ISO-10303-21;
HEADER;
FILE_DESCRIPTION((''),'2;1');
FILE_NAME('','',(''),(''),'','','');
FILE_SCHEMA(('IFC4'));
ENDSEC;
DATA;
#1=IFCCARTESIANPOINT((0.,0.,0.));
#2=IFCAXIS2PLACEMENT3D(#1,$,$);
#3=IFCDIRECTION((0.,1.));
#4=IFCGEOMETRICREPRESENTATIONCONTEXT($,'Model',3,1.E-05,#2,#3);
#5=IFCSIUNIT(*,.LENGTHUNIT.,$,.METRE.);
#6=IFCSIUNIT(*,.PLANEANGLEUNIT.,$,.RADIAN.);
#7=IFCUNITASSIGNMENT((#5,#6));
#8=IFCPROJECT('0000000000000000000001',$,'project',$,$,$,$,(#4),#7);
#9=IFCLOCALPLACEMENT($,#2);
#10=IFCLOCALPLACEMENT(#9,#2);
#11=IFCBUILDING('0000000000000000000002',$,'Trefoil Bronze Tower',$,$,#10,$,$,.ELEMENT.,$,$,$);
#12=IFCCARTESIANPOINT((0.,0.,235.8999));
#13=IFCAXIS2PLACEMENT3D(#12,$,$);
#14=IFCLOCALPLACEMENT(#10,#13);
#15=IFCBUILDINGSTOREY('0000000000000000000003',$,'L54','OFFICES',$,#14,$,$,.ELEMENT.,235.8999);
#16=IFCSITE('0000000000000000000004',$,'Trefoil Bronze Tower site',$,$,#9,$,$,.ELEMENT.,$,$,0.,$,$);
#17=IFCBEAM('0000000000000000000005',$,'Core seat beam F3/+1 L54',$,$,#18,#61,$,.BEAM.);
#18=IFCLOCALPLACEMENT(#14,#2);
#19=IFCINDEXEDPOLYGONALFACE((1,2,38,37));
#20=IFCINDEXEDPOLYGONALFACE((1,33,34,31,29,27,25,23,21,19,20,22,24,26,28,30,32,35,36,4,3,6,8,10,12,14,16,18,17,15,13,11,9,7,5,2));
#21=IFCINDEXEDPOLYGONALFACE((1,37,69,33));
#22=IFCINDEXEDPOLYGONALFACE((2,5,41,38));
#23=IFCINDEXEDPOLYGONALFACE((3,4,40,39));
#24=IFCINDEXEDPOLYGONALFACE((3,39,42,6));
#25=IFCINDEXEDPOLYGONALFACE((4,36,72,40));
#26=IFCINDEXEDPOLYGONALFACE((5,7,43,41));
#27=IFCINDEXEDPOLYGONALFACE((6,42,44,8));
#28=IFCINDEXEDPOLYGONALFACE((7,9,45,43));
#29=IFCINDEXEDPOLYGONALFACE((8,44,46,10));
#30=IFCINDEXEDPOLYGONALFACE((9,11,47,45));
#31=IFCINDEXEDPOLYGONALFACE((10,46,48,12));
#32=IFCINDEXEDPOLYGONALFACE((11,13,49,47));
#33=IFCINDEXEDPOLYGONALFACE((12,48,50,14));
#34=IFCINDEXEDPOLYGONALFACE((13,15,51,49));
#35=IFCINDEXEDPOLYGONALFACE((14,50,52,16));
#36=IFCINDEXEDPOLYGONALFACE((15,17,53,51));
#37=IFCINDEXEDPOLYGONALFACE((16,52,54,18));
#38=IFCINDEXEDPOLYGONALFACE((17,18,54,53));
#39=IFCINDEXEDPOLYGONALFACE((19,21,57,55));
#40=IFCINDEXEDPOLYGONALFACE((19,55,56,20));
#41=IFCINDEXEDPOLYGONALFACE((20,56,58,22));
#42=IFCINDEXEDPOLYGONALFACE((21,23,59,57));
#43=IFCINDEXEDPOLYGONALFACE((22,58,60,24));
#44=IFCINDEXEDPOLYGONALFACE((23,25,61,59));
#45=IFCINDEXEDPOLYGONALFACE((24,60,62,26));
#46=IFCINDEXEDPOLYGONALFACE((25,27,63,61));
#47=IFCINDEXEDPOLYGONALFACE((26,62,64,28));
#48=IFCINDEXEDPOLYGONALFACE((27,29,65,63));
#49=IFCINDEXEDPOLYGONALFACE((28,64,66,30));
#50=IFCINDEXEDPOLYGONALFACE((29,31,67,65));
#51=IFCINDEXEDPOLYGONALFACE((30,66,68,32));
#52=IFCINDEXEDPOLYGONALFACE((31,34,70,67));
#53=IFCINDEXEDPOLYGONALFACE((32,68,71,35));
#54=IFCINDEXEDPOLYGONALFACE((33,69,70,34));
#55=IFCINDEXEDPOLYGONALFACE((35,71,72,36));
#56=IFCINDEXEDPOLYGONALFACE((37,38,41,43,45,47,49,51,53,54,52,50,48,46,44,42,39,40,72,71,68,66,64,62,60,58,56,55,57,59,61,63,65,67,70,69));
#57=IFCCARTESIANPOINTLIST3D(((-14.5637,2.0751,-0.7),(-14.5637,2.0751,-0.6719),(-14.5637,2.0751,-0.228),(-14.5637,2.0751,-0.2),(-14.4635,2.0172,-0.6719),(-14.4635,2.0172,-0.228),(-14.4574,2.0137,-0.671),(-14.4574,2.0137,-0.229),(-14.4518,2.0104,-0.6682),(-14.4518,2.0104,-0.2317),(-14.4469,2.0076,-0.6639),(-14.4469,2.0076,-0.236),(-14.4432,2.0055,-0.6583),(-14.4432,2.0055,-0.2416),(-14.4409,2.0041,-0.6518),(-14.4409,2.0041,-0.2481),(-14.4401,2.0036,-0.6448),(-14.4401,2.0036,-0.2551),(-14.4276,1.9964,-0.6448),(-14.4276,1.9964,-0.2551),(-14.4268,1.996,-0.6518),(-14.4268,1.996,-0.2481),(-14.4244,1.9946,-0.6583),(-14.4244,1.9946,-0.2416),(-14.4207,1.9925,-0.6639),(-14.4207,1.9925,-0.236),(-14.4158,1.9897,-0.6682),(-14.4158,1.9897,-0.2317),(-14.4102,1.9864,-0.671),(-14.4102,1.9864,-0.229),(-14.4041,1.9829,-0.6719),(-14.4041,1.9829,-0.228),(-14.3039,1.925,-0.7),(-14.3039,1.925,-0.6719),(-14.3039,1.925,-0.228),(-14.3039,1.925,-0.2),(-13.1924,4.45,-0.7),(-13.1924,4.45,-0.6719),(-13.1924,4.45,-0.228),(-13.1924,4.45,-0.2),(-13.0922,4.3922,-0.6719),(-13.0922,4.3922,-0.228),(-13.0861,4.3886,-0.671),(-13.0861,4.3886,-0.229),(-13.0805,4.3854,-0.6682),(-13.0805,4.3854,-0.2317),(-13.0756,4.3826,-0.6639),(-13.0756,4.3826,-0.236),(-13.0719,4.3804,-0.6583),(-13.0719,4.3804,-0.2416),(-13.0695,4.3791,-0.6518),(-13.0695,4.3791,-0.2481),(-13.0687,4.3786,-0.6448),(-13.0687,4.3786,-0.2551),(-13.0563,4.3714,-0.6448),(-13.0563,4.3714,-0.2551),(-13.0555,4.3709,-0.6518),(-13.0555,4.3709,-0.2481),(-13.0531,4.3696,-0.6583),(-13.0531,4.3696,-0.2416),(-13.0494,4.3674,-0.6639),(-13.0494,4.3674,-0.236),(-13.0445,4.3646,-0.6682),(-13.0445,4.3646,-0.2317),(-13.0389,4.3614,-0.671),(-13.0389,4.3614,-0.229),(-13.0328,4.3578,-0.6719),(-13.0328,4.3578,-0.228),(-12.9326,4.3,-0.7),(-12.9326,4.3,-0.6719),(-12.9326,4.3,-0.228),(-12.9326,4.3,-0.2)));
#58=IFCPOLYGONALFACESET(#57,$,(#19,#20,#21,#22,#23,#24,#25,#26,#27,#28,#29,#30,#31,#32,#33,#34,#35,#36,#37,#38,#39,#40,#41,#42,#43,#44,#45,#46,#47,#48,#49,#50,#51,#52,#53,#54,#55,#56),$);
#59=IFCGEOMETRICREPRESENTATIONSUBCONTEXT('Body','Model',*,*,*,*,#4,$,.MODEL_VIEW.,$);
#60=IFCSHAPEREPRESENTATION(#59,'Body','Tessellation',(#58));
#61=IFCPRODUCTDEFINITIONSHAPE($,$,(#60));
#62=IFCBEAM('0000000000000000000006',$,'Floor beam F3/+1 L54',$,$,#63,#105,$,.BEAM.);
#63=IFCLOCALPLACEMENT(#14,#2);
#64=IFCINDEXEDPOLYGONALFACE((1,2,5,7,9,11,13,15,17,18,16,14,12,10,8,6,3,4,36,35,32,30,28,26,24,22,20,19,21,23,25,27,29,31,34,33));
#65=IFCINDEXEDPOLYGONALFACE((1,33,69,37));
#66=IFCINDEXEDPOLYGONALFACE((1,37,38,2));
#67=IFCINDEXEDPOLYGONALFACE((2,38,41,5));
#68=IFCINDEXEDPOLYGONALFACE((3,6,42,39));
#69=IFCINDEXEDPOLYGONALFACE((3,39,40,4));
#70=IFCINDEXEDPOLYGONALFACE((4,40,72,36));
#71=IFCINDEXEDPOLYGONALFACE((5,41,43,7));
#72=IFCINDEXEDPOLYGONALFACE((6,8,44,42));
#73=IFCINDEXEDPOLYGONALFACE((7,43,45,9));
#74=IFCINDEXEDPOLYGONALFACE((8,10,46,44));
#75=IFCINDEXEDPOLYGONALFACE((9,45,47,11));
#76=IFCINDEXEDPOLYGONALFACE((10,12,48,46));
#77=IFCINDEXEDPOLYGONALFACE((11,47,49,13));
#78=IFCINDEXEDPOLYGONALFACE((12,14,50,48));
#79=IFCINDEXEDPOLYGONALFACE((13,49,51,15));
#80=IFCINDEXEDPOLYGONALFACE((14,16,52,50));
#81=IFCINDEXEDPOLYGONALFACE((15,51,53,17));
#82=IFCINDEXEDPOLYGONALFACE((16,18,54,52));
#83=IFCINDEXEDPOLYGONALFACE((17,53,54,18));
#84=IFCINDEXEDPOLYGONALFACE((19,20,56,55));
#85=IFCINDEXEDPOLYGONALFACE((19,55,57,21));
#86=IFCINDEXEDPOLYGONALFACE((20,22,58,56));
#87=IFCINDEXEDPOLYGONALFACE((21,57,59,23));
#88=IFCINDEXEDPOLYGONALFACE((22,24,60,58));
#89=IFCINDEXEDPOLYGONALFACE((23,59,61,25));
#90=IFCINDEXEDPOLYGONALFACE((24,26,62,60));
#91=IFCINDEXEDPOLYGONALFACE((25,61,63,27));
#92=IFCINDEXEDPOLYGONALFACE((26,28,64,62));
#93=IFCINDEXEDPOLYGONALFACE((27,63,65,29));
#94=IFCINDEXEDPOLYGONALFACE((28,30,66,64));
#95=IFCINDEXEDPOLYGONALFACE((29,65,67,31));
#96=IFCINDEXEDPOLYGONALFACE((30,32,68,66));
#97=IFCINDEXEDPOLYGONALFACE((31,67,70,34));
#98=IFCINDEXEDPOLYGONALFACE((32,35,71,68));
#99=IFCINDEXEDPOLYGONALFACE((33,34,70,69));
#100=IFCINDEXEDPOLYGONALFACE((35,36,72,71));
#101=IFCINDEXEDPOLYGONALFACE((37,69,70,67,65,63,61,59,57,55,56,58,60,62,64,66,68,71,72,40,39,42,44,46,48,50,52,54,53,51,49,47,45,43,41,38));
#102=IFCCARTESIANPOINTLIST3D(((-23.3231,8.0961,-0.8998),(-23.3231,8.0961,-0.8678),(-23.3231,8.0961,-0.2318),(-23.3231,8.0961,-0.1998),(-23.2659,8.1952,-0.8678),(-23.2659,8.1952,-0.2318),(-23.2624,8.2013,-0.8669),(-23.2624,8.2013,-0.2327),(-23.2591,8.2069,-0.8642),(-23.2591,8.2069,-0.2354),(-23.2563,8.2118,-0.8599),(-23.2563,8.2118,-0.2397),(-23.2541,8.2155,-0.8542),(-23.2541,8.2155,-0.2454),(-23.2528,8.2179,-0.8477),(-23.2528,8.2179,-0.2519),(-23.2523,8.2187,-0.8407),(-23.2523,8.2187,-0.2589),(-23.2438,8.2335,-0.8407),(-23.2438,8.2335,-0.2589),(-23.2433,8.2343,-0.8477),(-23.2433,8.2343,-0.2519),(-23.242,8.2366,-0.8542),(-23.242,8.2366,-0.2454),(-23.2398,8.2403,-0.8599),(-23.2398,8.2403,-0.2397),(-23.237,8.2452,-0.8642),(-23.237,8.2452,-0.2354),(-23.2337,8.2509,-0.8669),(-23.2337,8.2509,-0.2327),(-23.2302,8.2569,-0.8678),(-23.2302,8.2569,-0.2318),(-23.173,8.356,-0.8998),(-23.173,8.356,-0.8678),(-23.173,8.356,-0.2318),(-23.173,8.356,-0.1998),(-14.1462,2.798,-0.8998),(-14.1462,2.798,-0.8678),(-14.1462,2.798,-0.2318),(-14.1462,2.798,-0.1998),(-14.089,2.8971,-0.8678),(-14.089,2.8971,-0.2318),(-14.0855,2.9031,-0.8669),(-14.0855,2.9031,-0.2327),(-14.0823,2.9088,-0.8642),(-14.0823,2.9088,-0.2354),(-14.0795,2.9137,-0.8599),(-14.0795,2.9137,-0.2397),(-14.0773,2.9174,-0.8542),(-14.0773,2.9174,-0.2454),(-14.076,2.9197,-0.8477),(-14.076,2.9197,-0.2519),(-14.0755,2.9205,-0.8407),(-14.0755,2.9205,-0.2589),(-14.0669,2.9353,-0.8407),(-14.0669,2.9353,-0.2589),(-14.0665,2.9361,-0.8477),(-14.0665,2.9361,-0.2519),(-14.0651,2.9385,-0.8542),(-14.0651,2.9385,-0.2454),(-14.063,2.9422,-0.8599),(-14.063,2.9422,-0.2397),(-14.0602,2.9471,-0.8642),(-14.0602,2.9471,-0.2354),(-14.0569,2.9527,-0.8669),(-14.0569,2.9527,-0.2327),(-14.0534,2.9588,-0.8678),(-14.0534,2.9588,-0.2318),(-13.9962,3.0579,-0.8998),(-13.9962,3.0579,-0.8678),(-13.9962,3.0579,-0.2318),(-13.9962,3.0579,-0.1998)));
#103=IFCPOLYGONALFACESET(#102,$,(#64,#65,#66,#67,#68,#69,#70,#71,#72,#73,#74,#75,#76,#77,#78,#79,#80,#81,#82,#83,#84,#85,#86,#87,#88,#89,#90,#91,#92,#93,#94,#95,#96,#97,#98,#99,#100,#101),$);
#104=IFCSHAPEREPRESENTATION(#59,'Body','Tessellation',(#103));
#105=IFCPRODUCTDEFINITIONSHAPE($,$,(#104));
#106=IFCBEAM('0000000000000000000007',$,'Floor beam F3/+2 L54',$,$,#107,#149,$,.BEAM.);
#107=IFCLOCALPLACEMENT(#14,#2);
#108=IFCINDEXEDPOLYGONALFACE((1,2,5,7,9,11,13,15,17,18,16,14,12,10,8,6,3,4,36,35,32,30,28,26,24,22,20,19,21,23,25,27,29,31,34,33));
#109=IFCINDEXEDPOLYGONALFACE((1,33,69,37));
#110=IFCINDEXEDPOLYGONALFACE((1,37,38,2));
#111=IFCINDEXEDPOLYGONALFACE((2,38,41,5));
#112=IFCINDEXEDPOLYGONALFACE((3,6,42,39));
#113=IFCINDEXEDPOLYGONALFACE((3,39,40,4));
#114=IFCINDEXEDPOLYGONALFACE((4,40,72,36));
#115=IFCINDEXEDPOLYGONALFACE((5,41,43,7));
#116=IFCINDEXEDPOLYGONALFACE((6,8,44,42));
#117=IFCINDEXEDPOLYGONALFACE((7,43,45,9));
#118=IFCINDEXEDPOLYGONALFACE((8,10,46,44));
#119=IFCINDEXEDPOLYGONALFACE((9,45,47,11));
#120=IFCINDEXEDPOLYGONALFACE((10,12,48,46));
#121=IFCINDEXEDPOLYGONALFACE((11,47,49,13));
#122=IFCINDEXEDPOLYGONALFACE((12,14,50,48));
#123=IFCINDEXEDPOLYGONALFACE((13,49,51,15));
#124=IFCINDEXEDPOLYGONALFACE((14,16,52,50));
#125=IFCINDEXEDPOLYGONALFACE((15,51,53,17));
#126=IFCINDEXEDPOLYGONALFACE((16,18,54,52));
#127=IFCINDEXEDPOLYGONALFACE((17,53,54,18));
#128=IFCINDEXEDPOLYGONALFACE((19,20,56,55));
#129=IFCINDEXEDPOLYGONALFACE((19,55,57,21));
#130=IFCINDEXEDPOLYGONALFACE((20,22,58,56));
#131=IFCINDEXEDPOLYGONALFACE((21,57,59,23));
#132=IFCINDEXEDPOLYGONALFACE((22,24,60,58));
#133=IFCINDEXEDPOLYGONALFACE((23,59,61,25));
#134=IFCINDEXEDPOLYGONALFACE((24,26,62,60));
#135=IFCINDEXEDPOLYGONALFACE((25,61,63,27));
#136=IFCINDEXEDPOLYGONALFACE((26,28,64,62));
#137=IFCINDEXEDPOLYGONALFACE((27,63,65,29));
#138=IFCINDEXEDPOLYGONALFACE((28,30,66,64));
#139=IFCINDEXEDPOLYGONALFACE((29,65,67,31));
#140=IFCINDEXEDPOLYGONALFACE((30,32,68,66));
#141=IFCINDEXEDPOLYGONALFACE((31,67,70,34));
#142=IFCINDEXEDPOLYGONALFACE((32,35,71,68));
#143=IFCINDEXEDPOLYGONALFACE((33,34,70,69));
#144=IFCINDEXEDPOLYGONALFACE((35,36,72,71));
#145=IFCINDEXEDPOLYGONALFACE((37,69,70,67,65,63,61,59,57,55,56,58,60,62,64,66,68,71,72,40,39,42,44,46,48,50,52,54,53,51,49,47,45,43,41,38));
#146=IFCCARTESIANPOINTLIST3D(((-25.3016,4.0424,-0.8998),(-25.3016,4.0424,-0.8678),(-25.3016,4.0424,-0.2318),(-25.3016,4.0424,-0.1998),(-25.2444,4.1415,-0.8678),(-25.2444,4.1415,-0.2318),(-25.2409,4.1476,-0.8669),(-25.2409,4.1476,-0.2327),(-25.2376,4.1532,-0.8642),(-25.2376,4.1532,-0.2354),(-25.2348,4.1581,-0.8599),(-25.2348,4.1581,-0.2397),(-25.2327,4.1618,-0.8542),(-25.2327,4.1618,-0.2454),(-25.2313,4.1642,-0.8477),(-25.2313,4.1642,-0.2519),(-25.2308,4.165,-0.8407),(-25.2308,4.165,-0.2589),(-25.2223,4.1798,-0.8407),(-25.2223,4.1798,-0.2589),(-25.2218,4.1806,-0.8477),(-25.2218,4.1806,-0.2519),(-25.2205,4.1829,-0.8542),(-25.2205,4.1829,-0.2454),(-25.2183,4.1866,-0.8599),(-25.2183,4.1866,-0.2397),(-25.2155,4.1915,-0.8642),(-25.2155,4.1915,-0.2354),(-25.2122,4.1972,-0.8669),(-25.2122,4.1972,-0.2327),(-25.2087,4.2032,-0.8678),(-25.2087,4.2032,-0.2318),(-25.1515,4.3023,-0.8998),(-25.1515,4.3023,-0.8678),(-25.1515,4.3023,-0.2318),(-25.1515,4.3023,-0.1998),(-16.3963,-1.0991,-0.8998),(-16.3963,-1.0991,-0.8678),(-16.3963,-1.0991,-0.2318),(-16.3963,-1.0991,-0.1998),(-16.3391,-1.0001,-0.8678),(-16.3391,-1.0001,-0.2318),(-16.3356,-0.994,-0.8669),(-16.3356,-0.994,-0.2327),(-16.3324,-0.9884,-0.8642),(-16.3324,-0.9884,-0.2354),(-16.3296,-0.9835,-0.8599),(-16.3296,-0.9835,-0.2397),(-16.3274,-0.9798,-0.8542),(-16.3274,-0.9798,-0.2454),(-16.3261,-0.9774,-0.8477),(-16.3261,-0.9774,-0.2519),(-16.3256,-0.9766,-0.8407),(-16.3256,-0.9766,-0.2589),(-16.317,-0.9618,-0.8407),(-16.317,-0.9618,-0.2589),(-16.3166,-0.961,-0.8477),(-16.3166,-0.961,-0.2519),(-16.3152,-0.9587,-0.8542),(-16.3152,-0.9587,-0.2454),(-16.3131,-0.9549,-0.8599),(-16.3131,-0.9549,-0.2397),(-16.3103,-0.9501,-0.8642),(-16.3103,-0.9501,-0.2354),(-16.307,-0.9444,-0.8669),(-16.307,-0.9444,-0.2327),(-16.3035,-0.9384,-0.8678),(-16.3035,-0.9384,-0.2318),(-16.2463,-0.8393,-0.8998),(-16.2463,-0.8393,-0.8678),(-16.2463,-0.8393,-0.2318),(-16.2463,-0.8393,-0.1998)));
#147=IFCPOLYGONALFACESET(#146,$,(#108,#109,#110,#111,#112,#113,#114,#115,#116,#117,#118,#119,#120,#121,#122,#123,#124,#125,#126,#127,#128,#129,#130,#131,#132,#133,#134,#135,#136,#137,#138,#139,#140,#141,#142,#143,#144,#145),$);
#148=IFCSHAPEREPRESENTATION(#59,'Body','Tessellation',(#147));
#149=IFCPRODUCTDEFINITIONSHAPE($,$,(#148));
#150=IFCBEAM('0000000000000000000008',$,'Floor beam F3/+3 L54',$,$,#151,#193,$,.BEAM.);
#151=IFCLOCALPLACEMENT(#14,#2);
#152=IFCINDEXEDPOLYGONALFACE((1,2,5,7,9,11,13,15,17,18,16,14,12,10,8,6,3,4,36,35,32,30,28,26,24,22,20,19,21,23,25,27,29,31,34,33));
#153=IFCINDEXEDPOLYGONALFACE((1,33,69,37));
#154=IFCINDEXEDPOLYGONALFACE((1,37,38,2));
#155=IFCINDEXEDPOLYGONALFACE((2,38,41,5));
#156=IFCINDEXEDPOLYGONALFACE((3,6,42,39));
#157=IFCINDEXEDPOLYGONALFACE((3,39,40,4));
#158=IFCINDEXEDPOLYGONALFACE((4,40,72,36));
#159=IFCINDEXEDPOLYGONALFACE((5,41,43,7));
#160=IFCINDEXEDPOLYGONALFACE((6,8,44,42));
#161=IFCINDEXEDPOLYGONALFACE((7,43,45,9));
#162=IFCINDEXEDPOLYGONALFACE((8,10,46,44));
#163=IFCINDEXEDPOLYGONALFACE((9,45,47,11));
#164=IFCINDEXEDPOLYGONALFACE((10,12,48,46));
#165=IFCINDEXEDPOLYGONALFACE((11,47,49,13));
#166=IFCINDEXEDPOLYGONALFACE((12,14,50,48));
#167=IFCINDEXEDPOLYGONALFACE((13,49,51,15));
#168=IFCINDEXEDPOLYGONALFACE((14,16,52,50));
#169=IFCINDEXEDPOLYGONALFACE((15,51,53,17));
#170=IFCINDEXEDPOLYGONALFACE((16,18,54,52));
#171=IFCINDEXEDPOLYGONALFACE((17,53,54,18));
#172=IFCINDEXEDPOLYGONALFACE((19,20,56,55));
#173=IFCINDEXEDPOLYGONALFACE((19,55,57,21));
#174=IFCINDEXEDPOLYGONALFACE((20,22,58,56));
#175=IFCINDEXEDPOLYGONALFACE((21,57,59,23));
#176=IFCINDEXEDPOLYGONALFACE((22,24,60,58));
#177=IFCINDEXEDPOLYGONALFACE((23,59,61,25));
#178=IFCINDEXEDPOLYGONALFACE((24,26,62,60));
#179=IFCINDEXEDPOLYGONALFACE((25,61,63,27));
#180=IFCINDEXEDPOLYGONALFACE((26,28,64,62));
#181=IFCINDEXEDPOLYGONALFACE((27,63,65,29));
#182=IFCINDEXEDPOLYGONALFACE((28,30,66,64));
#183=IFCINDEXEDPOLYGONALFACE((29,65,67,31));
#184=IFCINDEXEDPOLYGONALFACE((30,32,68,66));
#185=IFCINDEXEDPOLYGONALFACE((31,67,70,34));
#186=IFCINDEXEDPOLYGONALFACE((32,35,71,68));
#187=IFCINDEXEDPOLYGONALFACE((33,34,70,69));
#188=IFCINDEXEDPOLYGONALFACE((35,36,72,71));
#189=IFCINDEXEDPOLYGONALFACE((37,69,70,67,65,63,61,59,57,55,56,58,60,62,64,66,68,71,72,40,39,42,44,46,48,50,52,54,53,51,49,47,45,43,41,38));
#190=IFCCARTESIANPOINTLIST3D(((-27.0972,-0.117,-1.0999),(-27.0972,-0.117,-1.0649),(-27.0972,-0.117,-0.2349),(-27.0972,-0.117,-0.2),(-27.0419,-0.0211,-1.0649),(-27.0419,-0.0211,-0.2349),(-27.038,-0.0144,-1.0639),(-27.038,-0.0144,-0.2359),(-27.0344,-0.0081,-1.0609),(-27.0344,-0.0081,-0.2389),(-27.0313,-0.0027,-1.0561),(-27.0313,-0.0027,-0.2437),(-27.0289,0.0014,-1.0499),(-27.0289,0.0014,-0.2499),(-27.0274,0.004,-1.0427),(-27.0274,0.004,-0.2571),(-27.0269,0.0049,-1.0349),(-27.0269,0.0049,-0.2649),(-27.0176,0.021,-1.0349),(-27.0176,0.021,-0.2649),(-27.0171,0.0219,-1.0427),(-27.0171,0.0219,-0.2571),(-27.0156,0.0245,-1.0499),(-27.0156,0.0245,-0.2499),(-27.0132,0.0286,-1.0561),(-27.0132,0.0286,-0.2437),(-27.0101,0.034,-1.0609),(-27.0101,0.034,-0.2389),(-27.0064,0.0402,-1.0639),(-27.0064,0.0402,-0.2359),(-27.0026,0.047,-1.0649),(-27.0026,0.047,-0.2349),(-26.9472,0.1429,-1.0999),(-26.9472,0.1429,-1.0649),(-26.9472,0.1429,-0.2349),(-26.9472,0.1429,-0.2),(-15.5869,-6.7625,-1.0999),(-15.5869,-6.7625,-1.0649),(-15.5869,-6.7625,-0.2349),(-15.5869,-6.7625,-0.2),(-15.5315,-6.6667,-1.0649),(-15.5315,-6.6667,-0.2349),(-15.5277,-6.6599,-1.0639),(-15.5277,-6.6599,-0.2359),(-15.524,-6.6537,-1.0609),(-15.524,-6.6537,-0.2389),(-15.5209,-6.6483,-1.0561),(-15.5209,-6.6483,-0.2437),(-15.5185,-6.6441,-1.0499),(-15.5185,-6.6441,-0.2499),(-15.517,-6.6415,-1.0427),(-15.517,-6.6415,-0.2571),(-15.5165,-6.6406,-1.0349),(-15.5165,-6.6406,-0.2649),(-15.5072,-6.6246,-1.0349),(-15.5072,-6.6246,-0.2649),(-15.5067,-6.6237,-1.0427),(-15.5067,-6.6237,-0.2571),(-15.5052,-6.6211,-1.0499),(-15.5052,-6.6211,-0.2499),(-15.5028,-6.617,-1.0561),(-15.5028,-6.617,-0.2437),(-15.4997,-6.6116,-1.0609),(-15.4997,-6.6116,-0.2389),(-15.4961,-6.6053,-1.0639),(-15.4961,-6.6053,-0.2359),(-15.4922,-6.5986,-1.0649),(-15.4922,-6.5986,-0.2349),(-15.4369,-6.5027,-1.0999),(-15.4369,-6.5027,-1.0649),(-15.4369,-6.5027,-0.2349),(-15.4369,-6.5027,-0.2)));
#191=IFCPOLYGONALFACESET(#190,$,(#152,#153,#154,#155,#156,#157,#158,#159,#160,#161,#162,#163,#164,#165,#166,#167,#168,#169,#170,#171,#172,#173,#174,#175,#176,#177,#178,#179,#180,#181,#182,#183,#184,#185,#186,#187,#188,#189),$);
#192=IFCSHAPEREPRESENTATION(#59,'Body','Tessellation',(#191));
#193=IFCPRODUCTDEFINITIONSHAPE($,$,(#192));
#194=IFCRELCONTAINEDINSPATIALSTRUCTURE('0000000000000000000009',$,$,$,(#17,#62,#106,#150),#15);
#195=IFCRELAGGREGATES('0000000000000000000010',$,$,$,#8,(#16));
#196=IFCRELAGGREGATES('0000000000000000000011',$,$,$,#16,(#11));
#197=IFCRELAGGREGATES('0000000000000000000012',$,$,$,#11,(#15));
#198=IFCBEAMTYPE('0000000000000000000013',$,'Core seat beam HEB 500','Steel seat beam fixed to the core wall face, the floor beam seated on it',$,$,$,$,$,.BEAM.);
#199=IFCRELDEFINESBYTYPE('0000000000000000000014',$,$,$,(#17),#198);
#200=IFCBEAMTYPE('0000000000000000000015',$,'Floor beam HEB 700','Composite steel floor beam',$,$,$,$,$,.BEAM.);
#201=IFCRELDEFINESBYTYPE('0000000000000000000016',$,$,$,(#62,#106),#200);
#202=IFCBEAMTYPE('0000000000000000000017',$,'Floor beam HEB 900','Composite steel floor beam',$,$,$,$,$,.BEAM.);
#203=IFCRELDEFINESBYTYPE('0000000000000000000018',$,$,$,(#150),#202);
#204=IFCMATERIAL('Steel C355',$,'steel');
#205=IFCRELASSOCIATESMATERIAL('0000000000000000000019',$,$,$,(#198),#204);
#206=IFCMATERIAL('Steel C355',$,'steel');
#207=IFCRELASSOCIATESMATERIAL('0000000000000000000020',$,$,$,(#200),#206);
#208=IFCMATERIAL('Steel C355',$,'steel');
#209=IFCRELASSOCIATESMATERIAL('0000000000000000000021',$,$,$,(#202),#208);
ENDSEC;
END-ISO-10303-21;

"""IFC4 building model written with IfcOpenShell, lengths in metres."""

from ifc_helpers import new_model, si_unit, direction, frame, origin, origin_2d, place, context, subcontext, project, spatial, i_section, extrude, material, material_profile, profile_set, type_object, element, save


model = new_model("IFC4")

# Units and contexts
model_context = context("Model", 3, precision=1e-05, world=origin(), true_north=direction((0.0, 1.0)))
body_context = subcontext(model_context, "Body", "Model", "MODEL_VIEW")
ifc_project = project(units=[si_unit("LENGTHUNIT", "METRE"), si_unit("PLANEANGLEUNIT", "RADIAN")], contexts=[model_context])

# Site, building, storey
site_placement = place(None, origin())
site = spatial("IfcSite", under=ifc_project, at=site_placement, Name="Trefoil Bronze Tower site", CompositionType="ELEMENT", RefElevation=0.0)
building_placement = place(site_placement, origin())
building = spatial("IfcBuilding", under=site, at=building_placement, Name="Trefoil Bronze Tower", CompositionType="ELEMENT")
storey_placement = place(building_placement, frame((0.0, 0.0, 235.8999)))
storey = spatial("IfcBuildingStorey", under=building, at=storey_placement, Name="L54", Description="OFFICES", CompositionType="ELEMENT", Elevation=235.8999)

# Beams
ifc_material_1 = material(Name="Steel C355", Category="steel")
ifc_material_profile_1 = material_profile(ifc_material_1, i_section(OverallWidth=0.3, OverallDepth=0.5, WebThickness=0.0144, FlangeThickness=0.0281, FilletRadius=0.0271, at=origin_2d()), Name="HEB 500")
ifc_profile_set_1 = profile_set([ifc_material_profile_1], Name="Steel C355")
beam_type_1 = type_object("IfcBeamType", Name="Core seat beam HEB 500", Description="Steel seat beam fixed to the core wall face, the floor beam seated on it", PredefinedType="BEAM", material=ifc_profile_set_1)
for number, where, z_axis, x_axis, name in (
    (1, (-13.0625, 4.375, -0.45), (-0.500036, -0.866005, 0.0), (0.866005, -0.500036, 0.0), "Core seat beam F3/+1 L54"),
):
    element("IfcBeam", number, at=place(storey_placement, frame(where, z_axis=z_axis, x_axis=x_axis)), inside=storey, type_object=beam_type_1, Name=name, PredefinedType="BEAM", context=body_context, shape_type="SweptSolid", body=[
        extrude(i_section(OverallWidth=0.3, OverallDepth=0.5, WebThickness=0.0144, FlangeThickness=0.0281, FilletRadius=0.0271, at=origin_2d()), origin(), (0.0, 0.0, 1.0), 2.7424),
    ])
ifc_material_2 = material(Name="Steel C355", Category="steel")
ifc_material_profile_2 = material_profile(ifc_material_2, i_section(OverallWidth=0.3, OverallDepth=0.7, WebThickness=0.0171, FlangeThickness=0.032, FilletRadius=0.0271, at=origin_2d()), Name="HEB 700")
ifc_profile_set_2 = profile_set([ifc_material_profile_2], Name="Steel C355")
beam_type_2 = type_object("IfcBeamType", Name="Floor beam HEB 700", Description="Composite steel floor beam", PredefinedType="BEAM", material=ifc_profile_set_2)
beam_1_placement = place(storey_placement, frame((-23.248, 8.2261, -0.5498), z_axis=(0.86603, -0.499992, 0.0), x_axis=(0.499992, 0.86603, 0.0)))
element("IfcBeam", 2, at=beam_1_placement, inside=storey, type_object=beam_type_2, Name="Floor beam F3/+1 L54", PredefinedType="BEAM", context=body_context, shape_type="SweptSolid", body=[
    extrude(i_section(OverallWidth=0.3, OverallDepth=0.7, WebThickness=0.0171, FlangeThickness=0.032, FilletRadius=0.0271, at=origin_2d()), origin(), (0.0, 0.0, 1.0), 10.5964),
])
beam_2_placement = place(storey_placement, frame((-25.2266, 4.1724, -0.5498), z_axis=(0.86602, -0.50001, 0.0), x_axis=(0.50001, 0.86602, 0.0)))
element("IfcBeam", 3, at=beam_2_placement, inside=storey, type_object=beam_type_2, Name="Floor beam F3/+2 L54", PredefinedType="BEAM", context=body_context, shape_type="SweptSolid", body=[
    extrude(i_section(OverallWidth=0.3, OverallDepth=0.7, WebThickness=0.0171, FlangeThickness=0.032, FilletRadius=0.0271, at=origin_2d()), origin(), (0.0, 0.0, 1.0), 10.283),
])
ifc_material_3 = material(Name="Steel C355", Category="steel")
ifc_material_profile_3 = material_profile(ifc_material_3, i_section(OverallWidth=0.3, OverallDepth=0.8999, WebThickness=0.0186, FlangeThickness=0.0349, FilletRadius=0.03, at=origin_2d()), Name="HEB 900")
ifc_profile_set_3 = profile_set([ifc_material_profile_3], Name="Steel C355")
beam_type_3 = type_object("IfcBeamType", Name="Floor beam HEB 900", Description="Composite steel floor beam", PredefinedType="BEAM", material=ifc_profile_set_3)
beam_3_placement = place(storey_placement, frame((-27.0222, 0.0129, -0.6499), z_axis=(0.866023, -0.500003, 0.0), x_axis=(0.500003, 0.866023, 0.0)))
element("IfcBeam", 4, at=beam_3_placement, inside=storey, type_object=beam_type_3, Name="Floor beam F3/+3 L54", PredefinedType="BEAM", context=body_context, shape_type="SweptSolid", body=[
    extrude(i_section(OverallWidth=0.3, OverallDepth=0.8999, WebThickness=0.0186, FlangeThickness=0.0349, FilletRadius=0.03, at=origin_2d()), origin(), (0.0, 0.0, 1.0), 13.291),
])

save(model, "model.ifc")
